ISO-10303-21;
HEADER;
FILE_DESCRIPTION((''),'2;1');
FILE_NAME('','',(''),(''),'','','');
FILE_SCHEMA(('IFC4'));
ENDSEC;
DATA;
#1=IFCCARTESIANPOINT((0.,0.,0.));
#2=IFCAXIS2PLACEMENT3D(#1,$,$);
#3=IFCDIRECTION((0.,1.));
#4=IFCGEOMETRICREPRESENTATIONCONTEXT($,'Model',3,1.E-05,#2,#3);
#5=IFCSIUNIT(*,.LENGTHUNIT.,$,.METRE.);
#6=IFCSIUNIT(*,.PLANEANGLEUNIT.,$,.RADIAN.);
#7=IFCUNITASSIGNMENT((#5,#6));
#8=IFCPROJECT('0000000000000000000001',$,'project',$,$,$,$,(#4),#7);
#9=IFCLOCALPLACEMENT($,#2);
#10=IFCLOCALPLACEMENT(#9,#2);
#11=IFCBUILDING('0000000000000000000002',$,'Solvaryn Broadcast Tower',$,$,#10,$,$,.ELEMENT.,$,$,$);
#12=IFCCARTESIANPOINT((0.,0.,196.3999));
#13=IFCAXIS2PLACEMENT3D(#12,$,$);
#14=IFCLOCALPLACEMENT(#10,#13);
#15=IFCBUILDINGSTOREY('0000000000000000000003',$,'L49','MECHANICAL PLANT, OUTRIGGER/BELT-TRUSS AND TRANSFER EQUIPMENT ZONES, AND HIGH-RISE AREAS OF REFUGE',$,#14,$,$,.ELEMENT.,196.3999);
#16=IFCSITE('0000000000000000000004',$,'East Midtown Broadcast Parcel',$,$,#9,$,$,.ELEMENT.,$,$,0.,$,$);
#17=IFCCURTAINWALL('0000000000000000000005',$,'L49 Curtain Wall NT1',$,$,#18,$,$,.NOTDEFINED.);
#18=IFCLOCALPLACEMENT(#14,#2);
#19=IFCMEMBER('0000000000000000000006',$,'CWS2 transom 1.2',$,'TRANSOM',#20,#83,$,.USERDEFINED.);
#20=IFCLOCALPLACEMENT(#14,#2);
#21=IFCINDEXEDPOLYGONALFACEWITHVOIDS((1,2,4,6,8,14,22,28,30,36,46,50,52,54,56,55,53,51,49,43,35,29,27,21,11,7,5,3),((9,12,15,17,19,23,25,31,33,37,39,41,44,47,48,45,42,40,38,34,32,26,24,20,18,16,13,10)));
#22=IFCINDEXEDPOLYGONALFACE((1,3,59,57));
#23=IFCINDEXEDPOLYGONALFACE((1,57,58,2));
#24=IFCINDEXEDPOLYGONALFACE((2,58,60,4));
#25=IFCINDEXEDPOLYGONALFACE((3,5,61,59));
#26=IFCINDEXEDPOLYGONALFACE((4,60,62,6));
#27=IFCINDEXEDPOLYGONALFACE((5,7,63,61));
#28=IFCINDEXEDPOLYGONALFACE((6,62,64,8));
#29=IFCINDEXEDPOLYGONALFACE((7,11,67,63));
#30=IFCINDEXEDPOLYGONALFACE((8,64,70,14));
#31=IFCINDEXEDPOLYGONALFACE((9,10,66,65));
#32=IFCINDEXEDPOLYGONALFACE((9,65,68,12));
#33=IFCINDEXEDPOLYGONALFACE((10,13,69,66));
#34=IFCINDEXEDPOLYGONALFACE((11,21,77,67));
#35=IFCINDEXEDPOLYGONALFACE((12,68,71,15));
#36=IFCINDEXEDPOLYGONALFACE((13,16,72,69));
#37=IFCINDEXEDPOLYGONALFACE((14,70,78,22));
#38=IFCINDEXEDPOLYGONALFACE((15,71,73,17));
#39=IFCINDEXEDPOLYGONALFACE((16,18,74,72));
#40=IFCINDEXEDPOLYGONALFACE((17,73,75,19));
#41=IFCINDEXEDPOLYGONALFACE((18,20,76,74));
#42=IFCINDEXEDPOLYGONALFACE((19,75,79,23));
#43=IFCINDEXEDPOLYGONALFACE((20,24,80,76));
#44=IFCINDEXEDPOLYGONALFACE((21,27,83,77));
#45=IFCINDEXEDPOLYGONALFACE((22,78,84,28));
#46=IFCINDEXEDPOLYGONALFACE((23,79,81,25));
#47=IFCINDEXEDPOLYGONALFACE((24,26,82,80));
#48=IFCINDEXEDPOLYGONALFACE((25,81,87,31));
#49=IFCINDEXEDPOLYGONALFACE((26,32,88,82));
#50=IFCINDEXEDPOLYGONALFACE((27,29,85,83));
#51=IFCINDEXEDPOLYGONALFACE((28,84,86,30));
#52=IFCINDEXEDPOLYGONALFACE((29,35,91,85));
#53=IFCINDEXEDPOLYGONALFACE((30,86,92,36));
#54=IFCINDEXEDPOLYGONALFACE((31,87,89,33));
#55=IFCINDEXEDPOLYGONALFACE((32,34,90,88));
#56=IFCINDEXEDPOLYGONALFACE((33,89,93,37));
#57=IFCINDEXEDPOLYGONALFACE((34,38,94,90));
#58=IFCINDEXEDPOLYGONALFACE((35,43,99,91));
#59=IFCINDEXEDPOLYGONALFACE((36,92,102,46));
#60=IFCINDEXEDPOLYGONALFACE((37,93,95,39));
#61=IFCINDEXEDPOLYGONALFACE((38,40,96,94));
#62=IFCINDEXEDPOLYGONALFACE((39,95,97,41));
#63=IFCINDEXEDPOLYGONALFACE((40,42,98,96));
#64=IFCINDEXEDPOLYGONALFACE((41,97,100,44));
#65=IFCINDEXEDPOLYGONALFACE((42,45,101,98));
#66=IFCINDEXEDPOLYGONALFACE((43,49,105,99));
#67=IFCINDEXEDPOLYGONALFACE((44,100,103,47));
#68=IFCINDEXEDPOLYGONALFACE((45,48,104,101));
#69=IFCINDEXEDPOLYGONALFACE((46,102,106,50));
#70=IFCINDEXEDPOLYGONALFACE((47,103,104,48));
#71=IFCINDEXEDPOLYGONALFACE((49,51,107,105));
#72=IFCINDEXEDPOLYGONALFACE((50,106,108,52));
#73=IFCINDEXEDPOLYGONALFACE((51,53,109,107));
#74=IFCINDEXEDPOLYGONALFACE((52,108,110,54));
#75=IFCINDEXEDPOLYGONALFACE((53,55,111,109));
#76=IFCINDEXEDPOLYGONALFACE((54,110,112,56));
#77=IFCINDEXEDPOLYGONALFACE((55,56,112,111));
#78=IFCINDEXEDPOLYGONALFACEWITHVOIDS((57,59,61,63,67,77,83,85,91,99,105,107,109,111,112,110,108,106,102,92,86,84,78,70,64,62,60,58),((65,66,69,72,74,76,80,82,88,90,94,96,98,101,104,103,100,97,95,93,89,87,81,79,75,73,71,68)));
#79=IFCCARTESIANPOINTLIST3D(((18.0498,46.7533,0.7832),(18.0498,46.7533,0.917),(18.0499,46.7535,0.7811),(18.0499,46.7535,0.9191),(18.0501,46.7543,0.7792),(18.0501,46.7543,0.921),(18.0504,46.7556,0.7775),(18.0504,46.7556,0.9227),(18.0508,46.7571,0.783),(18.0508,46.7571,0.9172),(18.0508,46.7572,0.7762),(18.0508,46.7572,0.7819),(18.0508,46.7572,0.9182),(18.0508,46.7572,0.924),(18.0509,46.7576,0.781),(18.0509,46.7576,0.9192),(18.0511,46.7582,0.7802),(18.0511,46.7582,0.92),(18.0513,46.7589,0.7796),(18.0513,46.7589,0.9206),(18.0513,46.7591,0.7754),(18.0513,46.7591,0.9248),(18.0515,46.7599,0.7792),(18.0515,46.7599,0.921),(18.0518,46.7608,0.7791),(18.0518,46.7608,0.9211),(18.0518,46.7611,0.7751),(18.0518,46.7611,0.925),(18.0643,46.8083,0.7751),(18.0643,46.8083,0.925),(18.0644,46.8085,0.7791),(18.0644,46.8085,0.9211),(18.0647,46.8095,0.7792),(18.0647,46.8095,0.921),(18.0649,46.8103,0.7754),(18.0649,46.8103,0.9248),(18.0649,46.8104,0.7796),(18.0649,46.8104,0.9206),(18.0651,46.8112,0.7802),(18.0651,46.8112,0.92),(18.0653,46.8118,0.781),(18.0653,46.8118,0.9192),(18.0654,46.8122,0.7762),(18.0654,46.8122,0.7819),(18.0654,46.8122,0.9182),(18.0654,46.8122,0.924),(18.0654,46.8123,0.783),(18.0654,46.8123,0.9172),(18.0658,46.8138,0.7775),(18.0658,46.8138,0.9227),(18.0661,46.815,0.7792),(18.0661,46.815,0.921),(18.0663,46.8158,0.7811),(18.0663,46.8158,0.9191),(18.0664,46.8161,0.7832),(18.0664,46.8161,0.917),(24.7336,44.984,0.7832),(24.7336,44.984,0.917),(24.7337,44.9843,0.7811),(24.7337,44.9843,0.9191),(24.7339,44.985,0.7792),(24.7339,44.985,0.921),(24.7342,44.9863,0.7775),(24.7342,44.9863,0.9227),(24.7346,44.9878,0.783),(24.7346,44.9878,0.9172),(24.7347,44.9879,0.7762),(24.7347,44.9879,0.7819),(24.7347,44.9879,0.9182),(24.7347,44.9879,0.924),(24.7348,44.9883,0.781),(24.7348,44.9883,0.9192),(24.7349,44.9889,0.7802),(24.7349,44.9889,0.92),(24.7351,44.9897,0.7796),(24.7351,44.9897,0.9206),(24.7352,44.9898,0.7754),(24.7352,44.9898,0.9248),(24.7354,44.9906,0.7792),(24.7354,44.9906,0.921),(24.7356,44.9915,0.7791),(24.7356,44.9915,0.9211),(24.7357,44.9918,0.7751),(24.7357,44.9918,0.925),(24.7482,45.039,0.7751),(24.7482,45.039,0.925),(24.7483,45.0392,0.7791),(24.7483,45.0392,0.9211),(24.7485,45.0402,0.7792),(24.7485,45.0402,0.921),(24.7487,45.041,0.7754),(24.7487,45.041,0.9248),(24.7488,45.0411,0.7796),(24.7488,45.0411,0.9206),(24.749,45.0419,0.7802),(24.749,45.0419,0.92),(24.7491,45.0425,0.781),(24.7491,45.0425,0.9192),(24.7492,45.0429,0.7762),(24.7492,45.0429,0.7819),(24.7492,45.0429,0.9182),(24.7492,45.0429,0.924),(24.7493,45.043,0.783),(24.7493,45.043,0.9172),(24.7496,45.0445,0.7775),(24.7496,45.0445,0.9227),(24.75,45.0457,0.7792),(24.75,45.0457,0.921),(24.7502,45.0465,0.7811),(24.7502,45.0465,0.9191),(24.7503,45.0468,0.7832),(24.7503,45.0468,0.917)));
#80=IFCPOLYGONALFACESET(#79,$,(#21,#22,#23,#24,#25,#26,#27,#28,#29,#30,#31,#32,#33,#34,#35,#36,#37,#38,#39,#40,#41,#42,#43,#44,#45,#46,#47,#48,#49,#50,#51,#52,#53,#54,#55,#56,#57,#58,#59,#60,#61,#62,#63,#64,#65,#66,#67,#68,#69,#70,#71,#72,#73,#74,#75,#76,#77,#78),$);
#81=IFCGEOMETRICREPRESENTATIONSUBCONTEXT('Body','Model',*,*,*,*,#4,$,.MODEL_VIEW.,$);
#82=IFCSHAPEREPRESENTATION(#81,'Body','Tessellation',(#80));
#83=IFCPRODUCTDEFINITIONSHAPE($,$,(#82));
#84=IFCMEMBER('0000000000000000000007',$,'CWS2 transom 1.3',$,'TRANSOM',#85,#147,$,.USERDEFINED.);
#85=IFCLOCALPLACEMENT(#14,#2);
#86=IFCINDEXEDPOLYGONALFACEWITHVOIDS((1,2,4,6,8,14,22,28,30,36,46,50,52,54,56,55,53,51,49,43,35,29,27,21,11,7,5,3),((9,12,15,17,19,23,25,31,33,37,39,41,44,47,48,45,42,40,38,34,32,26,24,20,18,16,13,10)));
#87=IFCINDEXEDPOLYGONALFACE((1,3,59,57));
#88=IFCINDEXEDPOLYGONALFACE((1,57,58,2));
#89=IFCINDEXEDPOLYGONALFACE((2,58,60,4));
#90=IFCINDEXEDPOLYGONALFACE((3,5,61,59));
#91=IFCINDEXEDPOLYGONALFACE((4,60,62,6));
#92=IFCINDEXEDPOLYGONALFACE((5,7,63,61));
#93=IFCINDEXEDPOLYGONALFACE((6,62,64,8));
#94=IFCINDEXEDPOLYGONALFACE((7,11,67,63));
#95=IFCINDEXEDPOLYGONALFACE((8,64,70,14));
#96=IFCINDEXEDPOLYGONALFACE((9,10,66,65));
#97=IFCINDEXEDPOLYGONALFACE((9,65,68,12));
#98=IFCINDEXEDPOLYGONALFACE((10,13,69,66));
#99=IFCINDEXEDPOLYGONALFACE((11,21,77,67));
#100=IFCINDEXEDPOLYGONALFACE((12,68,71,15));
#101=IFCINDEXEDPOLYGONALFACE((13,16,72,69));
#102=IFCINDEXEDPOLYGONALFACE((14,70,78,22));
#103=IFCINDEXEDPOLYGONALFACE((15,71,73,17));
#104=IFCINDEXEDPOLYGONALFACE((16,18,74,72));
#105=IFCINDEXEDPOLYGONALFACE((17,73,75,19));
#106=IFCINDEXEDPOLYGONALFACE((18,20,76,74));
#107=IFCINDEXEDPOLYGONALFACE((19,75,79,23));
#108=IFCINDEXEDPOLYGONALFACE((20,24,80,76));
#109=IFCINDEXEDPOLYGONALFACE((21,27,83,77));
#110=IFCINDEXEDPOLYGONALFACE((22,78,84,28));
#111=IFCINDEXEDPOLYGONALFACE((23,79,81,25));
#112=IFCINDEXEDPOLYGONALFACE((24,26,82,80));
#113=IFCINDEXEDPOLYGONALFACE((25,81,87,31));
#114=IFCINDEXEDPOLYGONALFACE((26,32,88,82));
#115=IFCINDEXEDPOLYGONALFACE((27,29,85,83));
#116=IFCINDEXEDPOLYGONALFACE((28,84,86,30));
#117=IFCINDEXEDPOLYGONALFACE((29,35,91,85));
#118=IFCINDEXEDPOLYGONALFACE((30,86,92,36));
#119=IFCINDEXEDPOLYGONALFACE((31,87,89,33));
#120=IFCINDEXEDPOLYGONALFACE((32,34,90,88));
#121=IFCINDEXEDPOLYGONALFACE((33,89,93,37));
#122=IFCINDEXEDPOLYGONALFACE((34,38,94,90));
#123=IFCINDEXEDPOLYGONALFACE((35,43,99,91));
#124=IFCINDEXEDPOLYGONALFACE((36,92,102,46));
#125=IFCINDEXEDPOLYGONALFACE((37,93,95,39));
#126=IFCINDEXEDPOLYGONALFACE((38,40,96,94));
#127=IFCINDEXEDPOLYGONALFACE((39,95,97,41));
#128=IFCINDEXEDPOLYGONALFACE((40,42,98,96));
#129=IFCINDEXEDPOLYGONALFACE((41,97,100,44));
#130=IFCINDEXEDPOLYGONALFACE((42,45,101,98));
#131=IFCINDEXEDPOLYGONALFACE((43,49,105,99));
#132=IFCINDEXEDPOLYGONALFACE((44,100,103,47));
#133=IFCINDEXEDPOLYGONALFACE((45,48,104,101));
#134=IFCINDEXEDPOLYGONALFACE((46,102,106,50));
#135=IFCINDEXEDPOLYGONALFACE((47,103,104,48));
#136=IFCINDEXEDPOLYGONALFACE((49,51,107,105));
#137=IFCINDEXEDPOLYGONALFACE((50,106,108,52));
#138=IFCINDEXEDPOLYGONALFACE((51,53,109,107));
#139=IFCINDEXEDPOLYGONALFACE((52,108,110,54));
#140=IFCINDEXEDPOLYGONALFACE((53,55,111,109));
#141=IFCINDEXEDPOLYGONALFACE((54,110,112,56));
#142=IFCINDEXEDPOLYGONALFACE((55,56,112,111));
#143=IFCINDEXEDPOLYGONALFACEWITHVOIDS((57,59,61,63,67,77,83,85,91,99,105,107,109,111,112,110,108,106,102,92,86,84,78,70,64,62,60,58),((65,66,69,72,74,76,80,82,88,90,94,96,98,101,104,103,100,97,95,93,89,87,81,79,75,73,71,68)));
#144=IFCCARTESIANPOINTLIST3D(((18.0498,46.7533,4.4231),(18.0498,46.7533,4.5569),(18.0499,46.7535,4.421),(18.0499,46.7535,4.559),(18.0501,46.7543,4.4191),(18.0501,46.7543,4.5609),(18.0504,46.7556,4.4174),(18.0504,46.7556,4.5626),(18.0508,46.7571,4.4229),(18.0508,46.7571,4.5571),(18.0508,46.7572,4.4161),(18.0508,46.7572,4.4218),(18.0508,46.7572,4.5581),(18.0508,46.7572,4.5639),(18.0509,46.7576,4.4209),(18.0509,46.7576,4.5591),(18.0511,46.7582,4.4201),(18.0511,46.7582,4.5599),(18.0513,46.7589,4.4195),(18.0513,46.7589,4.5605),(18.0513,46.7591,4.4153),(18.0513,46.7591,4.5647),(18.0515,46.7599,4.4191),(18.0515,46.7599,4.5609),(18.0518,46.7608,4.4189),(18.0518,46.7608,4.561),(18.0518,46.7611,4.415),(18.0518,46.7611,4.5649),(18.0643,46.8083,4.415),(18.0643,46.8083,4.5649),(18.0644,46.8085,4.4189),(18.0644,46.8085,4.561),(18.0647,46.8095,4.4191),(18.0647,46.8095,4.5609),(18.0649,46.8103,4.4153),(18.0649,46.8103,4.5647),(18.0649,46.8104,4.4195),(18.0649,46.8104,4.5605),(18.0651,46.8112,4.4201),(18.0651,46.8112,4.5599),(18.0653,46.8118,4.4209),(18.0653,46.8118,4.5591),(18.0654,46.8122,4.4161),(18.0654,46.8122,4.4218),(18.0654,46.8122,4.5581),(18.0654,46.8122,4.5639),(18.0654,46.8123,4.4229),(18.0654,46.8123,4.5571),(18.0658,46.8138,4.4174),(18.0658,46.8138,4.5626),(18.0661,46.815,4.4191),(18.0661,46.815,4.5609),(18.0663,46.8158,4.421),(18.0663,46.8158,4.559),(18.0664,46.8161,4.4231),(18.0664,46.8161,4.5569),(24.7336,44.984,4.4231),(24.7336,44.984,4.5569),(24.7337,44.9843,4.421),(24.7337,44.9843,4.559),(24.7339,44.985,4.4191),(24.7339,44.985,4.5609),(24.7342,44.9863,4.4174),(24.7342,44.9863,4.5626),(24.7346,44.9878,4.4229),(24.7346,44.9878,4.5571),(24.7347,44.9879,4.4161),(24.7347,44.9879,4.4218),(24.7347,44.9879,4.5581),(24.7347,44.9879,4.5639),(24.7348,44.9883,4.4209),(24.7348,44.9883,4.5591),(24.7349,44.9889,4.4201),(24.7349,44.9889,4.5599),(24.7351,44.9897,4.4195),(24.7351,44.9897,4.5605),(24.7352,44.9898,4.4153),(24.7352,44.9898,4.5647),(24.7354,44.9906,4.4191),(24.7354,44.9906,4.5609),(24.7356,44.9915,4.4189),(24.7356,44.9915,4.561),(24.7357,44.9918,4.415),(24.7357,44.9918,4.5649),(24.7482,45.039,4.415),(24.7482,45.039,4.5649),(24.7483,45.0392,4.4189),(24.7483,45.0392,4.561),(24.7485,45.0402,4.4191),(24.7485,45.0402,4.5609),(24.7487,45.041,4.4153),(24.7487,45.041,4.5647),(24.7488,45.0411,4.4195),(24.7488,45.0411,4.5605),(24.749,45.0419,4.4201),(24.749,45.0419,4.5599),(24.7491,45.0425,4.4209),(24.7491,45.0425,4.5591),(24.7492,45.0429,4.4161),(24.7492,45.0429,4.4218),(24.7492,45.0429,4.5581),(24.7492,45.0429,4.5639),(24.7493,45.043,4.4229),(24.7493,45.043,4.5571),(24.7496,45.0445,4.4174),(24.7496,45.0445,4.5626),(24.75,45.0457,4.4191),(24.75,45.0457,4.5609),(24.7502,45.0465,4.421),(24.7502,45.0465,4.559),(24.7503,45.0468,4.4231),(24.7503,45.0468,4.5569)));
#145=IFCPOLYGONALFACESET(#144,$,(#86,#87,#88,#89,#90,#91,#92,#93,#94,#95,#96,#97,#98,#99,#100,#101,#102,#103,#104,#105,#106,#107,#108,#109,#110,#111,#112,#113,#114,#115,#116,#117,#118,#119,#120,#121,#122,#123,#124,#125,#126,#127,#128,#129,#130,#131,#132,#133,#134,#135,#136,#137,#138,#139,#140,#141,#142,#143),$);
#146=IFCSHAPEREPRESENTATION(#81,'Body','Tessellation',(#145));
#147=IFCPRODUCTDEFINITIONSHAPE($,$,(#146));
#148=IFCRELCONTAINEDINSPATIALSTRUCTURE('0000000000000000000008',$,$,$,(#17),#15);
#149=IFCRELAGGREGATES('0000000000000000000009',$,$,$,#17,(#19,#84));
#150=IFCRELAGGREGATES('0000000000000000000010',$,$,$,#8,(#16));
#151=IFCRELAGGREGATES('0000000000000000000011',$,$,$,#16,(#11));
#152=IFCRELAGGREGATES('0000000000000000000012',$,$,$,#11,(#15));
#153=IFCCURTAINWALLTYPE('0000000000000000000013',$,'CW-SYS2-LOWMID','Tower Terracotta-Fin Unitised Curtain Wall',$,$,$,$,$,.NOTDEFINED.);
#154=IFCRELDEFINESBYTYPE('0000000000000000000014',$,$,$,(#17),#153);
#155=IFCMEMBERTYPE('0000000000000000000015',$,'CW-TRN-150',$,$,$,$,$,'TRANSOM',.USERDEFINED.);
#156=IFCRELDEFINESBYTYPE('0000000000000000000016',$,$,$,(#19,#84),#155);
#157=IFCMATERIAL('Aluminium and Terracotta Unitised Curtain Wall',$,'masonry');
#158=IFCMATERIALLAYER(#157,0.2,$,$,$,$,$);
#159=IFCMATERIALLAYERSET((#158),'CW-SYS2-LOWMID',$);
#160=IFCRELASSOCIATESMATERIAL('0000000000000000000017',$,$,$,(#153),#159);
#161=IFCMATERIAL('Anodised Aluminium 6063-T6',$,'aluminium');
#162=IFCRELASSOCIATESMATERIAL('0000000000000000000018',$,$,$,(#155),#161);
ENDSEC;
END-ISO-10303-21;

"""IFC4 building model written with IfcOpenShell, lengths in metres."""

from ifc_helpers import new_model, si_unit, direction, frame, origin, origin_2d, place, context, subcontext, project, spatial, hollow_rectangle, extrude, material, layer, layer_set, material_profile, profile_set, type_object, element, aggregate, save


model = new_model("IFC4")

# Units and contexts
model_context = context("Model", 3, precision=1e-05, world=origin(), true_north=direction((0.0, 1.0)))
body_context = subcontext(model_context, "Body", "Model", "MODEL_VIEW")
ifc_project = project(units=[si_unit("LENGTHUNIT", "METRE"), si_unit("PLANEANGLEUNIT", "RADIAN")], contexts=[model_context])

# Site, building, storey
site_placement = place(None, origin())
site = spatial("IfcSite", under=ifc_project, at=site_placement, Name="East Midtown Broadcast Parcel", CompositionType="ELEMENT", RefElevation=0.0)
building_placement = place(site_placement, origin())
building = spatial("IfcBuilding", under=site, at=building_placement, Name="Solvaryn Broadcast Tower", CompositionType="ELEMENT")
storey_placement = place(building_placement, frame((0.0, 0.0, 196.3999)))
storey = spatial("IfcBuildingStorey", under=building, at=storey_placement, Name="L49", Description="MECHANICAL PLANT, OUTRIGGER/BELT-TRUSS AND TRANSFER EQUIPMENT ZONES, AND HIGH-RISE AREAS OF REFUGE", CompositionType="ELEMENT", Elevation=196.3999)

# Curtain wall
ifc_material_1 = material(Name="Aluminium and Terracotta Unitised Curtain Wall", Category="masonry")
ifc_layer_1 = layer(ifc_material_1, 0.2)
ifc_layer_set_1 = layer_set([ifc_layer_1], Name="CW-SYS2-LOWMID")
curtain_wall_type = type_object("IfcCurtainWallType", Name="CW-SYS2-LOWMID", Description="Tower Terracotta-Fin Unitised Curtain Wall", PredefinedType="NOTDEFINED", material=ifc_layer_set_1)
curtain_wall_1_placement = place(storey_placement, origin())
curtain_wall_1 = element("IfcCurtainWall", 1, at=curtain_wall_1_placement, inside=storey, type_object=curtain_wall_type, Name="L49 Curtain Wall NT1", PredefinedType="NOTDEFINED")

# Members
ifc_material_2 = material(Name="Anodised Aluminium 6063-T6", Category="aluminium")
ifc_material_profile_1 = material_profile(ifc_material_2, hollow_rectangle(XDim=0.0649, YDim=0.1499, WallThickness=0.0039, InnerFilletRadius=0.0039, OuterFilletRadius=0.0081, at=origin_2d()))
ifc_profile_set_1 = profile_set([ifc_material_profile_1], Name="Anodised Aluminium 6063-T6")
member_type_1 = type_object("IfcMemberType", Name="CW-TRN-150", ElementType="TRANSOM", PredefinedType="USERDEFINED", material=ifc_profile_set_1)
member_1_placement = place(storey_placement, frame((24.7419, 45.0154, 0.8501), z_axis=(-0.966704, 0.255897, 0.0), x_axis=(-0.255897, -0.966704, 0.0)))
member_1 = element("IfcMember", 2, at=member_1_placement, type_object=member_type_1, Name="CWS2 transom 1.2", ObjectType="TRANSOM", PredefinedType="USERDEFINED", context=body_context, shape_type="SweptSolid", body=[
    extrude(hollow_rectangle(XDim=0.0649, YDim=0.1499, WallThickness=0.0039, InnerFilletRadius=0.0039, OuterFilletRadius=0.0081, at=origin_2d()), origin(), (0.0, 0.0, 1.0), 6.9141),
])
member_2_placement = place(storey_placement, frame((24.7419, 45.0154, 4.49), z_axis=(-0.966704, 0.255897, 0.0), x_axis=(-0.255897, -0.966704, 0.0)))
member_2 = element("IfcMember", 3, at=member_2_placement, type_object=member_type_1, Name="CWS2 transom 1.3", ObjectType="TRANSOM", PredefinedType="USERDEFINED", context=body_context, shape_type="SweptSolid", body=[
    extrude(hollow_rectangle(XDim=0.0649, YDim=0.1499, WallThickness=0.0039, InnerFilletRadius=0.0039, OuterFilletRadius=0.0081, at=origin_2d()), origin(), (0.0, 0.0, 1.0), 6.9141),
])

aggregate(curtain_wall_1, [member_1, member_2])

save(model, "model.ifc")
